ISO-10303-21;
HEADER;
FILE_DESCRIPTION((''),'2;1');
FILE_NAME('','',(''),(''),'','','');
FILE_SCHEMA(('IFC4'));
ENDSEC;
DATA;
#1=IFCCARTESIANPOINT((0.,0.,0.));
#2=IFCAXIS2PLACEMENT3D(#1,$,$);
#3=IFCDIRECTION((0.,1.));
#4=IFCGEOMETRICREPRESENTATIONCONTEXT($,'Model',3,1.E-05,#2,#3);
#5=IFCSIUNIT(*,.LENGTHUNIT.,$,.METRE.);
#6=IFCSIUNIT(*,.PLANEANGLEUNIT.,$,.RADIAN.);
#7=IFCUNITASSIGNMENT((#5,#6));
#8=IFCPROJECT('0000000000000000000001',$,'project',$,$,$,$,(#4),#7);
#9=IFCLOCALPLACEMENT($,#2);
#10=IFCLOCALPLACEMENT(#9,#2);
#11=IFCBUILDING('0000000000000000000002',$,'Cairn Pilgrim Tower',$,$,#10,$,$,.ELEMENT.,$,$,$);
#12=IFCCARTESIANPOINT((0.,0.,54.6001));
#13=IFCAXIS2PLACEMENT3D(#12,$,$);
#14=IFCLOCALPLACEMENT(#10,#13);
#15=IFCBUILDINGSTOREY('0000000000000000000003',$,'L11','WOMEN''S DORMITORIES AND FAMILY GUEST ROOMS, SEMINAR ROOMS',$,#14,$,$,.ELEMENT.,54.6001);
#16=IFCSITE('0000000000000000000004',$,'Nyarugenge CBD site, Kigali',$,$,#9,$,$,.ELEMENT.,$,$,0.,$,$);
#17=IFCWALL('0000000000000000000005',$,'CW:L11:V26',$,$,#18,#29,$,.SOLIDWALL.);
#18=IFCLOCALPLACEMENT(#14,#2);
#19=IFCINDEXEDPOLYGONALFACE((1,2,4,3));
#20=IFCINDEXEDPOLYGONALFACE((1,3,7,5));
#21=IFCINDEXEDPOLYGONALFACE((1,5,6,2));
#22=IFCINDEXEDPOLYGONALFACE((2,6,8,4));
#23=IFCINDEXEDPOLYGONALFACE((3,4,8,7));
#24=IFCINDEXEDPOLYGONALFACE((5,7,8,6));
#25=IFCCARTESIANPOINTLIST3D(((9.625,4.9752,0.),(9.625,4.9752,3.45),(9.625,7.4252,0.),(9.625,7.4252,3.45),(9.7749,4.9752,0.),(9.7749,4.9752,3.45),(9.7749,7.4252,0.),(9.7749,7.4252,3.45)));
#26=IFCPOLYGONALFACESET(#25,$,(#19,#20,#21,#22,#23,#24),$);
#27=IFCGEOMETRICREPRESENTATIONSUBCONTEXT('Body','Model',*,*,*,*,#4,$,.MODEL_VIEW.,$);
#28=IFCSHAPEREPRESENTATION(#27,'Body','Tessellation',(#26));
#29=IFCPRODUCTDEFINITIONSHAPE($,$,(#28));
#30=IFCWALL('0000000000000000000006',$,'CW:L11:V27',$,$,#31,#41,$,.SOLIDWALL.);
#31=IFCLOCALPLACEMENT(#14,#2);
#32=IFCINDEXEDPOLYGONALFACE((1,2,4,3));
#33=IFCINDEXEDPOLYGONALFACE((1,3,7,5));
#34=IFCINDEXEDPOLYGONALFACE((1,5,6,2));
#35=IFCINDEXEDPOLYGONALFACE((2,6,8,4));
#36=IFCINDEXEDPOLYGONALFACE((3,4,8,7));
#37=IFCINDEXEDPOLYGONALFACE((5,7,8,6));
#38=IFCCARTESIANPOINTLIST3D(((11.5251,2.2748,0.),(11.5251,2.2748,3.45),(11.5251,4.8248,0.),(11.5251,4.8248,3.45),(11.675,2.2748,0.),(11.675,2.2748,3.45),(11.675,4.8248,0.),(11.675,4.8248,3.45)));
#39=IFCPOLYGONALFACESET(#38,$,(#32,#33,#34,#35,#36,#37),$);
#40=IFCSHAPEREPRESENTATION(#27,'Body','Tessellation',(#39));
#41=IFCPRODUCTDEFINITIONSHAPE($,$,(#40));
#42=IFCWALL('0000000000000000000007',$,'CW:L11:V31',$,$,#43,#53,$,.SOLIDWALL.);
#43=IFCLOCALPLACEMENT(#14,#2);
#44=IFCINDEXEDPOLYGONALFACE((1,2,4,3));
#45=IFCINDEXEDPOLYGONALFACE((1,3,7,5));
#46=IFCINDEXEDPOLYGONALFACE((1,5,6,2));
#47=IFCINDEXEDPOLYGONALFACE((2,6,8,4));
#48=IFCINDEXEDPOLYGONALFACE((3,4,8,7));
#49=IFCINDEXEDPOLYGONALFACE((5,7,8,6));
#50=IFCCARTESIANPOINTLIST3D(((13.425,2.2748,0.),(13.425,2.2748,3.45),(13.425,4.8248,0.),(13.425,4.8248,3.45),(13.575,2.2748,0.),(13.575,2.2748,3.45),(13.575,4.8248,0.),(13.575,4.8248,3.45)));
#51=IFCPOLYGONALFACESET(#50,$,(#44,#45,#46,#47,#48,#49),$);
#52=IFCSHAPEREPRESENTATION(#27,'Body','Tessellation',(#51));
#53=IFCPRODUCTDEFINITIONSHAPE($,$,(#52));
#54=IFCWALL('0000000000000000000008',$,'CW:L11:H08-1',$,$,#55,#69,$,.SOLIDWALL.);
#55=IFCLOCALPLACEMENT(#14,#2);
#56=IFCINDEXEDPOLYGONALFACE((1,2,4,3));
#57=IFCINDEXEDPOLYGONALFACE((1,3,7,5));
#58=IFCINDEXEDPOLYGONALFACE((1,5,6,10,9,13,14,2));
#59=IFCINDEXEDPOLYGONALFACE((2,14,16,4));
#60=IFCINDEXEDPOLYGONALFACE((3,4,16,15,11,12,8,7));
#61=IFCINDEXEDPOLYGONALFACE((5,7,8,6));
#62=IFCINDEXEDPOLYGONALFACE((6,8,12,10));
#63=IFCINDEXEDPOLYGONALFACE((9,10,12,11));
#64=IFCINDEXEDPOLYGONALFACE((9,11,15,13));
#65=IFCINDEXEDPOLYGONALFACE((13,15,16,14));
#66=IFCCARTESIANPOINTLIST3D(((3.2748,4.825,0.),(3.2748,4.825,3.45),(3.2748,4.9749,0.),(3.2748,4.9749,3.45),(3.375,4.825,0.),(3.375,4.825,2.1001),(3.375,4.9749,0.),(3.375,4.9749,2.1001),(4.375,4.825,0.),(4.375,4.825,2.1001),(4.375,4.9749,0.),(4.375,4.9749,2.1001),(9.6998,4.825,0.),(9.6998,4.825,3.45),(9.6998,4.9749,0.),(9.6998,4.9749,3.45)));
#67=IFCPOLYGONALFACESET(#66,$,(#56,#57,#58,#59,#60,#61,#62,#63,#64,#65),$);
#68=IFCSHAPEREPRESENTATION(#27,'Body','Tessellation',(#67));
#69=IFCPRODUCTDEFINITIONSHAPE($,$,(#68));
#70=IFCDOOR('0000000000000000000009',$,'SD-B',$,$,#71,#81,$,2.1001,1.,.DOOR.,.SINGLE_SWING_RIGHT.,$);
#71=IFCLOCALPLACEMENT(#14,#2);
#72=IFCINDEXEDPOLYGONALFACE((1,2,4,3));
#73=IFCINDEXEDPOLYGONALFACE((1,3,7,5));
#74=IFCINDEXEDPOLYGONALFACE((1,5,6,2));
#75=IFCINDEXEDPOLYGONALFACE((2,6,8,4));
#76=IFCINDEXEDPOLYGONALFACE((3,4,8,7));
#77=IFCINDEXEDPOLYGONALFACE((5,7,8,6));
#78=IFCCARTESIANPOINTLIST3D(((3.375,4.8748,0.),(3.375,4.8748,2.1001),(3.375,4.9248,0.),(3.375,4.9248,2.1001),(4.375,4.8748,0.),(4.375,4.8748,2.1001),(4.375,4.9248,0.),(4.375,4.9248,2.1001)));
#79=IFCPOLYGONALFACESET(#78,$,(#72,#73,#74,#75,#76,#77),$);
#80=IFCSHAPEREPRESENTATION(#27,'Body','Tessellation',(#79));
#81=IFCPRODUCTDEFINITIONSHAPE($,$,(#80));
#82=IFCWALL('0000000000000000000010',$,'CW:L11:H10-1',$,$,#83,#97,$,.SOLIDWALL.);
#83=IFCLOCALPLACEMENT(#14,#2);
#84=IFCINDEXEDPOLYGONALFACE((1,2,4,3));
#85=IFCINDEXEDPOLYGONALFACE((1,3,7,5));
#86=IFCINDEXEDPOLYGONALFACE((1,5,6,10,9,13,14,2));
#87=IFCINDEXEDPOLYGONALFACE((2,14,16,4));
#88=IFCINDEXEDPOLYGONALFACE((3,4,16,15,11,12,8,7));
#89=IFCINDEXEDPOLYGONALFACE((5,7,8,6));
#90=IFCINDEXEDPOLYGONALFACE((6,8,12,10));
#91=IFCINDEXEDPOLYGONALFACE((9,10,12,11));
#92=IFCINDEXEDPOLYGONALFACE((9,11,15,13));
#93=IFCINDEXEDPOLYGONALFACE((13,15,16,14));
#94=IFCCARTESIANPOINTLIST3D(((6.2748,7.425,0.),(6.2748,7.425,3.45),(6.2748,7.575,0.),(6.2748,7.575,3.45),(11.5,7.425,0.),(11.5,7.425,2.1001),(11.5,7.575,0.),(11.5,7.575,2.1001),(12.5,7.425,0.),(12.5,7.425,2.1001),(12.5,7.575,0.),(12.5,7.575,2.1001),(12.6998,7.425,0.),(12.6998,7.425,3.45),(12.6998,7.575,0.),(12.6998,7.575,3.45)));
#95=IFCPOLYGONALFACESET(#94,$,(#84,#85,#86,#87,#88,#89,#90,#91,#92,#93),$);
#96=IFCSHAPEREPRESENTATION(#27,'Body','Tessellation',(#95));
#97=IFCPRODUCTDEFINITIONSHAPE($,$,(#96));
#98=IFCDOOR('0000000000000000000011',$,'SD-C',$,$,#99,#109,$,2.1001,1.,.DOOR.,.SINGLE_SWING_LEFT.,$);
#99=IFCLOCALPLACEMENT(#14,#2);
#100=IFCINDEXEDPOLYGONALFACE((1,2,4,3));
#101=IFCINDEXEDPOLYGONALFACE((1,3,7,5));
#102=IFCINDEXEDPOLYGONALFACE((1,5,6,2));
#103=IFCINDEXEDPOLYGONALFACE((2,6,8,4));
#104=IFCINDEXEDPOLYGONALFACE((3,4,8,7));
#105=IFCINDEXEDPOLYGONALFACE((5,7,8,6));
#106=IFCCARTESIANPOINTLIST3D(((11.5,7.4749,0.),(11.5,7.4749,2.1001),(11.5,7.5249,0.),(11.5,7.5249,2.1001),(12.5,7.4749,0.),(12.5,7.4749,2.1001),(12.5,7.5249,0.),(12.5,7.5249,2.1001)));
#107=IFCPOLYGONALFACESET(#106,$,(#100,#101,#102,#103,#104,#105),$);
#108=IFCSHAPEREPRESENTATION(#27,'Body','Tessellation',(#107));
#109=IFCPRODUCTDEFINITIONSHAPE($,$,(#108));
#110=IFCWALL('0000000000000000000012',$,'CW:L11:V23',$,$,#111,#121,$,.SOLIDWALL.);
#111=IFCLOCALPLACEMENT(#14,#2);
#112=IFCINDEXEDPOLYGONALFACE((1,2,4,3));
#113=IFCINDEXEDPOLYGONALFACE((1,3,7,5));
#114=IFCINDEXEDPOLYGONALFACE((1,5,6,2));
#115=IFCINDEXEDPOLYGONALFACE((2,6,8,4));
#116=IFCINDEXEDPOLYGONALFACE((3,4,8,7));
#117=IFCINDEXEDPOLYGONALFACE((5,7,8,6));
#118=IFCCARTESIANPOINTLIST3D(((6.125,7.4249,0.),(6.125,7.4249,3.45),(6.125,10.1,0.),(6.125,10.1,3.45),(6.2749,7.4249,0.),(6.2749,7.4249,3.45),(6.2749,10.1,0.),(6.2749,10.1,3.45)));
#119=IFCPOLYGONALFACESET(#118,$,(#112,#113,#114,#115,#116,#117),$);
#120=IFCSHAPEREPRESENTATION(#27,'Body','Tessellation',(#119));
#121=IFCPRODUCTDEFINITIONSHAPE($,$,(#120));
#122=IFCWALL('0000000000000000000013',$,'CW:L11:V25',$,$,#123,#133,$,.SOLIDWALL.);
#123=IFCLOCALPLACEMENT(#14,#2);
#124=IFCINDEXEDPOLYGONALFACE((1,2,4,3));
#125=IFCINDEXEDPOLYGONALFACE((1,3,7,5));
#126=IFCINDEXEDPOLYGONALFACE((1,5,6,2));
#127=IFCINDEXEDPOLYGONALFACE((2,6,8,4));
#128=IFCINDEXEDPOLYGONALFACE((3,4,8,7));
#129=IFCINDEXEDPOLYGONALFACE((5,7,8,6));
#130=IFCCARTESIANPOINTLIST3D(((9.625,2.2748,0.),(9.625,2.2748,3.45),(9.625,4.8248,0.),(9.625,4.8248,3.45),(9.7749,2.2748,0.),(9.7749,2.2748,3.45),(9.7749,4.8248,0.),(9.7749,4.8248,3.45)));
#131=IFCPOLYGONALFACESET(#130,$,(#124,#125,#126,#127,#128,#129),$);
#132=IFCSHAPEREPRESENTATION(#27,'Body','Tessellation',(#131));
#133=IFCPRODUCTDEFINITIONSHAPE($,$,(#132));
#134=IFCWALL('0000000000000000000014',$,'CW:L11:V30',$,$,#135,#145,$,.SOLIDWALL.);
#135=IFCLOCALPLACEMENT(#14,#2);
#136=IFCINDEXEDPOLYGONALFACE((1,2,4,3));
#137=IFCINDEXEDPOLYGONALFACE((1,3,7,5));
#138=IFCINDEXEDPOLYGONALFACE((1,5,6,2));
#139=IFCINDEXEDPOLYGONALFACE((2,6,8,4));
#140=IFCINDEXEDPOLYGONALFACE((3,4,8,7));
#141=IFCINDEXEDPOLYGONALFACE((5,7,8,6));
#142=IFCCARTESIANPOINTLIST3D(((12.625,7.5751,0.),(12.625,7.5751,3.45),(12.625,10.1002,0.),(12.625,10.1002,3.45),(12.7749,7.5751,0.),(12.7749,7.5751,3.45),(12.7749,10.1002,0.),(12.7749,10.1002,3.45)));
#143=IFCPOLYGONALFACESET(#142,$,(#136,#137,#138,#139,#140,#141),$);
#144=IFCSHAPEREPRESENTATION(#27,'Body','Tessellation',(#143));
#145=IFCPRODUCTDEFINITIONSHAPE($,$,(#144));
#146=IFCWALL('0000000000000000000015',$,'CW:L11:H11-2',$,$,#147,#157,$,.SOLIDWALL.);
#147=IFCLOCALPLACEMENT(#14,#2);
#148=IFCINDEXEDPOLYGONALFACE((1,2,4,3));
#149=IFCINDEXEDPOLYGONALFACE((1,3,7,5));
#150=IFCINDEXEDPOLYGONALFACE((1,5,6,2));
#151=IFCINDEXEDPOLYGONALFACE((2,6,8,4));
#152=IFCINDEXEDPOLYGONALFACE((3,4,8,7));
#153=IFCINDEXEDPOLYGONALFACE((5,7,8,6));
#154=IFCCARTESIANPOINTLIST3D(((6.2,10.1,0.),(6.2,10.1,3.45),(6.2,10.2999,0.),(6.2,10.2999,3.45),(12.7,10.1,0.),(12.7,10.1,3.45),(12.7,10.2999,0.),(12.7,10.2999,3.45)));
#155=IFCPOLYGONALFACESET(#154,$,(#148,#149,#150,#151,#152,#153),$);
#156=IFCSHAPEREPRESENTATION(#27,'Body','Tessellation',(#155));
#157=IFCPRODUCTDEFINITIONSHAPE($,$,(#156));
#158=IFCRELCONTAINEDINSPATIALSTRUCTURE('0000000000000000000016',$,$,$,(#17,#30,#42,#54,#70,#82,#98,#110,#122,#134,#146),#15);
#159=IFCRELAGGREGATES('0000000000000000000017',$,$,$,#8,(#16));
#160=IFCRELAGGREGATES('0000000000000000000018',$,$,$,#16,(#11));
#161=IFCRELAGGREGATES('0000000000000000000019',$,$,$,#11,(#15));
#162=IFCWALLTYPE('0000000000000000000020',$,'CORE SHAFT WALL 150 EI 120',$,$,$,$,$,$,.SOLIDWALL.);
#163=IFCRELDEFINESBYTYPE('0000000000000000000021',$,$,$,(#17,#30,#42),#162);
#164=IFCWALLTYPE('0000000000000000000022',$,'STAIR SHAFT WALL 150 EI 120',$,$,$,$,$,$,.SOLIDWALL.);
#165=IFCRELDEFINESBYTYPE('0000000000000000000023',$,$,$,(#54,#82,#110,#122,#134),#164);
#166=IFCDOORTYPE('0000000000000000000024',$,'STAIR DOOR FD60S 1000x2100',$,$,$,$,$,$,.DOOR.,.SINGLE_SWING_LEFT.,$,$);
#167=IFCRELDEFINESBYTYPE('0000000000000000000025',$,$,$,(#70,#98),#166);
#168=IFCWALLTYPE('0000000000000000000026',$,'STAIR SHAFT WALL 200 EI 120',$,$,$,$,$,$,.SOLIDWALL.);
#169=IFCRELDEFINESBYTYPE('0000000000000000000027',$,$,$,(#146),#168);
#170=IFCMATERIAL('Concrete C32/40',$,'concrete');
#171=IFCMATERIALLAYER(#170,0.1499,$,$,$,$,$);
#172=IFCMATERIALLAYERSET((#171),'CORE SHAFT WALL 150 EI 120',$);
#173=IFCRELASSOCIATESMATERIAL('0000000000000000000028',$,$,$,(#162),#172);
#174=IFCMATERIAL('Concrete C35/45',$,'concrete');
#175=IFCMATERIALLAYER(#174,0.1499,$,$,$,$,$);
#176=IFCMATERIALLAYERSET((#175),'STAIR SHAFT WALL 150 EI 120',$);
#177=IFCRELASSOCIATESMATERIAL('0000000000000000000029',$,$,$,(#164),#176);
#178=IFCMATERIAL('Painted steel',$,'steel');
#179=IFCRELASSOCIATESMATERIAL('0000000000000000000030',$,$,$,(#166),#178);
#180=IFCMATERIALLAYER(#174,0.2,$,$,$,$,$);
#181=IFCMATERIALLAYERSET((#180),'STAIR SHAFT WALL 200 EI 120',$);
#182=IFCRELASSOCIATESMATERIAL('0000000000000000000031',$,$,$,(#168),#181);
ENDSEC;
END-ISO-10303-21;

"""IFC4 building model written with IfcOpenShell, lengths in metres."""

from ifc_helpers import new_model, si_unit, direction, frame, frame_2d, origin, place, context, subcontext, project, spatial, rectangle, extrude, material, layer, layer_set, type_object, element, fill, save


model = new_model("IFC4")

# Units and contexts
model_context = context("Model", 3, precision=1e-05, world=origin(), true_north=direction((0.0, 1.0)))
body_context = subcontext(model_context, "Body", "Model", "MODEL_VIEW")
ifc_project = project(units=[si_unit("LENGTHUNIT", "METRE"), si_unit("PLANEANGLEUNIT", "RADIAN")], contexts=[model_context])

# Site, building, storey
site_placement = place(None, origin())
site = spatial("IfcSite", under=ifc_project, at=site_placement, Name="Nyarugenge CBD site, Kigali", CompositionType="ELEMENT", RefElevation=0.0)
building_placement = place(site_placement, origin())
building = spatial("IfcBuilding", under=site, at=building_placement, Name="Cairn Pilgrim Tower", CompositionType="ELEMENT")
storey_placement = place(building_placement, frame((0.0, 0.0, 54.6001)))
storey = spatial("IfcBuildingStorey", under=building, at=storey_placement, Name="L11", Description="WOMEN'S DORMITORIES AND FAMILY GUEST ROOMS, SEMINAR ROOMS", CompositionType="ELEMENT", Elevation=54.6001)

# Shared definitions
ifc_material_1 = material(Name="Concrete C32/40", Category="concrete")

# Shared definitions
ifc_layer_1 = layer(ifc_material_1, 0.1499)
ifc_layer_set_1 = layer_set([ifc_layer_1], Name="CORE SHAFT WALL 150 EI 120")
wall_type_1 = type_object("IfcWallType", Name="CORE SHAFT WALL 150 EI 120", PredefinedType="SOLIDWALL", material=ifc_layer_set_1)
ifc_material_2 = material(Name="Painted steel", Category="steel")

# Walls
wall_1_placement = place(storey_placement, frame((9.7, 4.9751, 0.0), z_axis=(0.0, 0.0, 1.0), x_axis=(0.0, 1.0, 0.0)))
element("IfcWall", 1, at=wall_1_placement, inside=storey, type_object=wall_type_1, Name="CW:L11:V26", PredefinedType="SOLIDWALL", context=body_context, shape_type="SweptSolid", body=[
    extrude(rectangle(XDim=2.45, YDim=0.1499, at=frame_2d((1.2251, 0.0))), origin(), (0.0, 0.0, 1.0), 3.45),
])
for number, where, z_axis, x_axis, name in (
    (2, (11.6001, 2.2749, 0.0), (0.0, 0.0, 1.0), (0.0, 1.0, 0.0), "CW:L11:V27"),
    (3, (13.5, 2.2749, 0.0), (0.0, 0.0, 1.0), (0.0, 1.0, 0.0), "CW:L11:V31"),
):
    element("IfcWall", number, at=place(storey_placement, frame(where, z_axis=z_axis, x_axis=x_axis)), inside=storey, type_object=wall_type_1, Name=name, PredefinedType="SOLIDWALL", context=body_context, shape_type="SweptSolid", body=[
        extrude(rectangle(XDim=2.55, YDim=0.1499, at=frame_2d((1.2749, 0.0))), origin(), (0.0, 0.0, 1.0), 3.45),
    ])

# Walls, openings, doors
ifc_material_3 = material(Name="Concrete C35/45", Category="concrete")
ifc_layer_2 = layer(ifc_material_3, 0.1499)
ifc_layer_set_2 = layer_set([ifc_layer_2], Name="STAIR SHAFT WALL 150 EI 120")
wall_type_2 = type_object("IfcWallType", Name="STAIR SHAFT WALL 150 EI 120", PredefinedType="SOLIDWALL", material=ifc_layer_set_2)
wall_2_placement = place(storey_placement, frame((3.2749, 4.8999, 0.0), z_axis=(0.0, 0.0, 1.0), x_axis=(1.0, 0.0, 0.0)))
wall_2 = element("IfcWall", 4, at=wall_2_placement, inside=storey, type_object=wall_type_2, Name="CW:L11:H08-1", PredefinedType="SOLIDWALL", context=body_context, shape_type="SweptSolid", body=[
    extrude(rectangle(XDim=6.425, YDim=0.1499, at=frame_2d((3.2124, 0.0))), origin(), (0.0, 0.0, 1.0), 3.45),
])
opening_1_placement = place(wall_2_placement, frame((0.1001, 0.0, 0.0)))
opening_1 = element("IfcOpeningElement", 5, at=opening_1_placement, cuts=wall_2, PredefinedType="OPENING", context=body_context, shape_type="SweptSolid", body=[
    extrude(rectangle(XDim=1.0, YDim=2.1001, at=frame_2d((0.5, 1.05))), frame((0.0, 0.085, 0.0), z_axis=(0.0, -1.0, 0.0), x_axis=(1.0, 0.0, 0.0)), (0.0, 0.0, 1.0), 0.1699),
])
door_type_1 = type_object("IfcDoorType", Name="STAIR DOOR FD60S 1000x2100", OperationType="SINGLE_SWING_LEFT", PredefinedType="DOOR", material=ifc_material_2)
door_1_placement = place(opening_1_placement, origin())
door_1 = element("IfcDoor", 6, at=door_1_placement, inside=storey, type_object=door_type_1, Name="SD-B", OperationType="SINGLE_SWING_RIGHT", OverallHeight=2.1001, OverallWidth=1.0, PredefinedType="DOOR", context=body_context, shape_type="SweptSolid", body=[
    extrude(rectangle(XDim=1.0, YDim=2.1001, at=frame_2d((0.5, 1.05))), frame((0.0, 0.0249, 0.0), z_axis=(0.0, -1.0, 0.0), x_axis=(1.0, 0.0, 0.0)), (0.0, 0.0, 1.0), 0.05),
])
fill(opening_1, door_1)
wall_3_placement = place(storey_placement, frame((6.2749, 7.5, 0.0), z_axis=(0.0, 0.0, 1.0), x_axis=(1.0, 0.0, 0.0)))
wall_3 = element("IfcWall", 7, at=wall_3_placement, inside=storey, type_object=wall_type_2, Name="CW:L11:H10-1", PredefinedType="SOLIDWALL", context=body_context, shape_type="SweptSolid", body=[
    extrude(rectangle(XDim=6.425, YDim=0.1499, at=frame_2d((3.2124, 0.0))), origin(), (0.0, 0.0, 1.0), 3.45),
])
opening_2_placement = place(wall_3_placement, frame((5.2251, 0.0, 0.0)))
opening_2 = element("IfcOpeningElement", 8, at=opening_2_placement, cuts=wall_3, PredefinedType="OPENING", context=body_context, shape_type="SweptSolid", body=[
    extrude(rectangle(XDim=1.0, YDim=2.1001, at=frame_2d((0.5, 1.05))), frame((0.0, 0.085, 0.0), z_axis=(0.0, -1.0, 0.0), x_axis=(1.0, 0.0, 0.0)), (0.0, 0.0, 1.0), 0.1699),
])
door_2_placement = place(opening_2_placement, origin())
door_2 = element("IfcDoor", 9, at=door_2_placement, inside=storey, type_object=door_type_1, Name="SD-C", OperationType="SINGLE_SWING_LEFT", OverallHeight=2.1001, OverallWidth=1.0, PredefinedType="DOOR", context=body_context, shape_type="SweptSolid", body=[
    extrude(rectangle(XDim=1.0, YDim=2.1001, at=frame_2d((0.5, 1.05))), frame((0.0, 0.0249, 0.0), z_axis=(0.0, -1.0, 0.0), x_axis=(1.0, 0.0, 0.0)), (0.0, 0.0, 1.0), 0.05),
])
fill(opening_2, door_2)

# Walls
wall_4_placement = place(storey_placement, frame((6.2, 7.425, 0.0), z_axis=(0.0, 0.0, 1.0), x_axis=(0.0, 1.0, 0.0)))
element("IfcWall", 10, at=wall_4_placement, inside=storey, type_object=wall_type_2, Name="CW:L11:V23", PredefinedType="SOLIDWALL", context=body_context, shape_type="SweptSolid", body=[
    extrude(rectangle(XDim=2.675, YDim=0.1499, at=frame_2d((1.3374, 0.0))), origin(), (0.0, 0.0, 1.0), 3.45),
])
wall_5_placement = place(storey_placement, frame((9.7, 2.2749, 0.0), z_axis=(0.0, 0.0, 1.0), x_axis=(0.0, 1.0, 0.0)))
element("IfcWall", 11, at=wall_5_placement, inside=storey, type_object=wall_type_2, Name="CW:L11:V25", PredefinedType="SOLIDWALL", context=body_context, shape_type="SweptSolid", body=[
    extrude(rectangle(XDim=2.55, YDim=0.1499, at=frame_2d((1.2749, 0.0))), origin(), (0.0, 0.0, 1.0), 3.45),
])
wall_6_placement = place(storey_placement, frame((12.7, 7.575, 0.0), z_axis=(0.0, 0.0, 1.0), x_axis=(0.0, 1.0, 0.0)))
element("IfcWall", 12, at=wall_6_placement, inside=storey, type_object=wall_type_2, Name="CW:L11:V30", PredefinedType="SOLIDWALL", context=body_context, shape_type="SweptSolid", body=[
    extrude(rectangle(XDim=2.5251, YDim=0.1499, at=frame_2d((1.2627, 0.0))), origin(), (0.0, 0.0, 1.0), 3.45),
])
ifc_layer_3 = layer(ifc_material_3, 0.2)
ifc_layer_set_3 = layer_set([ifc_layer_3], Name="STAIR SHAFT WALL 200 EI 120")
wall_type_3 = type_object("IfcWallType", Name="STAIR SHAFT WALL 200 EI 120", PredefinedType="SOLIDWALL", material=ifc_layer_set_3)
wall_7_placement = place(storey_placement, frame((6.2, 10.2, 0.0), z_axis=(0.0, 0.0, 1.0), x_axis=(1.0, 0.0, 0.0)))
element("IfcWall", 13, at=wall_7_placement, inside=storey, type_object=wall_type_3, Name="CW:L11:H11-2", PredefinedType="SOLIDWALL", context=body_context, shape_type="SweptSolid", body=[
    extrude(rectangle(XDim=6.5, YDim=0.2, at=frame_2d((3.25, 0.0))), origin(), (0.0, 0.0, 1.0), 3.45),
])

save(model, "model.ifc")
